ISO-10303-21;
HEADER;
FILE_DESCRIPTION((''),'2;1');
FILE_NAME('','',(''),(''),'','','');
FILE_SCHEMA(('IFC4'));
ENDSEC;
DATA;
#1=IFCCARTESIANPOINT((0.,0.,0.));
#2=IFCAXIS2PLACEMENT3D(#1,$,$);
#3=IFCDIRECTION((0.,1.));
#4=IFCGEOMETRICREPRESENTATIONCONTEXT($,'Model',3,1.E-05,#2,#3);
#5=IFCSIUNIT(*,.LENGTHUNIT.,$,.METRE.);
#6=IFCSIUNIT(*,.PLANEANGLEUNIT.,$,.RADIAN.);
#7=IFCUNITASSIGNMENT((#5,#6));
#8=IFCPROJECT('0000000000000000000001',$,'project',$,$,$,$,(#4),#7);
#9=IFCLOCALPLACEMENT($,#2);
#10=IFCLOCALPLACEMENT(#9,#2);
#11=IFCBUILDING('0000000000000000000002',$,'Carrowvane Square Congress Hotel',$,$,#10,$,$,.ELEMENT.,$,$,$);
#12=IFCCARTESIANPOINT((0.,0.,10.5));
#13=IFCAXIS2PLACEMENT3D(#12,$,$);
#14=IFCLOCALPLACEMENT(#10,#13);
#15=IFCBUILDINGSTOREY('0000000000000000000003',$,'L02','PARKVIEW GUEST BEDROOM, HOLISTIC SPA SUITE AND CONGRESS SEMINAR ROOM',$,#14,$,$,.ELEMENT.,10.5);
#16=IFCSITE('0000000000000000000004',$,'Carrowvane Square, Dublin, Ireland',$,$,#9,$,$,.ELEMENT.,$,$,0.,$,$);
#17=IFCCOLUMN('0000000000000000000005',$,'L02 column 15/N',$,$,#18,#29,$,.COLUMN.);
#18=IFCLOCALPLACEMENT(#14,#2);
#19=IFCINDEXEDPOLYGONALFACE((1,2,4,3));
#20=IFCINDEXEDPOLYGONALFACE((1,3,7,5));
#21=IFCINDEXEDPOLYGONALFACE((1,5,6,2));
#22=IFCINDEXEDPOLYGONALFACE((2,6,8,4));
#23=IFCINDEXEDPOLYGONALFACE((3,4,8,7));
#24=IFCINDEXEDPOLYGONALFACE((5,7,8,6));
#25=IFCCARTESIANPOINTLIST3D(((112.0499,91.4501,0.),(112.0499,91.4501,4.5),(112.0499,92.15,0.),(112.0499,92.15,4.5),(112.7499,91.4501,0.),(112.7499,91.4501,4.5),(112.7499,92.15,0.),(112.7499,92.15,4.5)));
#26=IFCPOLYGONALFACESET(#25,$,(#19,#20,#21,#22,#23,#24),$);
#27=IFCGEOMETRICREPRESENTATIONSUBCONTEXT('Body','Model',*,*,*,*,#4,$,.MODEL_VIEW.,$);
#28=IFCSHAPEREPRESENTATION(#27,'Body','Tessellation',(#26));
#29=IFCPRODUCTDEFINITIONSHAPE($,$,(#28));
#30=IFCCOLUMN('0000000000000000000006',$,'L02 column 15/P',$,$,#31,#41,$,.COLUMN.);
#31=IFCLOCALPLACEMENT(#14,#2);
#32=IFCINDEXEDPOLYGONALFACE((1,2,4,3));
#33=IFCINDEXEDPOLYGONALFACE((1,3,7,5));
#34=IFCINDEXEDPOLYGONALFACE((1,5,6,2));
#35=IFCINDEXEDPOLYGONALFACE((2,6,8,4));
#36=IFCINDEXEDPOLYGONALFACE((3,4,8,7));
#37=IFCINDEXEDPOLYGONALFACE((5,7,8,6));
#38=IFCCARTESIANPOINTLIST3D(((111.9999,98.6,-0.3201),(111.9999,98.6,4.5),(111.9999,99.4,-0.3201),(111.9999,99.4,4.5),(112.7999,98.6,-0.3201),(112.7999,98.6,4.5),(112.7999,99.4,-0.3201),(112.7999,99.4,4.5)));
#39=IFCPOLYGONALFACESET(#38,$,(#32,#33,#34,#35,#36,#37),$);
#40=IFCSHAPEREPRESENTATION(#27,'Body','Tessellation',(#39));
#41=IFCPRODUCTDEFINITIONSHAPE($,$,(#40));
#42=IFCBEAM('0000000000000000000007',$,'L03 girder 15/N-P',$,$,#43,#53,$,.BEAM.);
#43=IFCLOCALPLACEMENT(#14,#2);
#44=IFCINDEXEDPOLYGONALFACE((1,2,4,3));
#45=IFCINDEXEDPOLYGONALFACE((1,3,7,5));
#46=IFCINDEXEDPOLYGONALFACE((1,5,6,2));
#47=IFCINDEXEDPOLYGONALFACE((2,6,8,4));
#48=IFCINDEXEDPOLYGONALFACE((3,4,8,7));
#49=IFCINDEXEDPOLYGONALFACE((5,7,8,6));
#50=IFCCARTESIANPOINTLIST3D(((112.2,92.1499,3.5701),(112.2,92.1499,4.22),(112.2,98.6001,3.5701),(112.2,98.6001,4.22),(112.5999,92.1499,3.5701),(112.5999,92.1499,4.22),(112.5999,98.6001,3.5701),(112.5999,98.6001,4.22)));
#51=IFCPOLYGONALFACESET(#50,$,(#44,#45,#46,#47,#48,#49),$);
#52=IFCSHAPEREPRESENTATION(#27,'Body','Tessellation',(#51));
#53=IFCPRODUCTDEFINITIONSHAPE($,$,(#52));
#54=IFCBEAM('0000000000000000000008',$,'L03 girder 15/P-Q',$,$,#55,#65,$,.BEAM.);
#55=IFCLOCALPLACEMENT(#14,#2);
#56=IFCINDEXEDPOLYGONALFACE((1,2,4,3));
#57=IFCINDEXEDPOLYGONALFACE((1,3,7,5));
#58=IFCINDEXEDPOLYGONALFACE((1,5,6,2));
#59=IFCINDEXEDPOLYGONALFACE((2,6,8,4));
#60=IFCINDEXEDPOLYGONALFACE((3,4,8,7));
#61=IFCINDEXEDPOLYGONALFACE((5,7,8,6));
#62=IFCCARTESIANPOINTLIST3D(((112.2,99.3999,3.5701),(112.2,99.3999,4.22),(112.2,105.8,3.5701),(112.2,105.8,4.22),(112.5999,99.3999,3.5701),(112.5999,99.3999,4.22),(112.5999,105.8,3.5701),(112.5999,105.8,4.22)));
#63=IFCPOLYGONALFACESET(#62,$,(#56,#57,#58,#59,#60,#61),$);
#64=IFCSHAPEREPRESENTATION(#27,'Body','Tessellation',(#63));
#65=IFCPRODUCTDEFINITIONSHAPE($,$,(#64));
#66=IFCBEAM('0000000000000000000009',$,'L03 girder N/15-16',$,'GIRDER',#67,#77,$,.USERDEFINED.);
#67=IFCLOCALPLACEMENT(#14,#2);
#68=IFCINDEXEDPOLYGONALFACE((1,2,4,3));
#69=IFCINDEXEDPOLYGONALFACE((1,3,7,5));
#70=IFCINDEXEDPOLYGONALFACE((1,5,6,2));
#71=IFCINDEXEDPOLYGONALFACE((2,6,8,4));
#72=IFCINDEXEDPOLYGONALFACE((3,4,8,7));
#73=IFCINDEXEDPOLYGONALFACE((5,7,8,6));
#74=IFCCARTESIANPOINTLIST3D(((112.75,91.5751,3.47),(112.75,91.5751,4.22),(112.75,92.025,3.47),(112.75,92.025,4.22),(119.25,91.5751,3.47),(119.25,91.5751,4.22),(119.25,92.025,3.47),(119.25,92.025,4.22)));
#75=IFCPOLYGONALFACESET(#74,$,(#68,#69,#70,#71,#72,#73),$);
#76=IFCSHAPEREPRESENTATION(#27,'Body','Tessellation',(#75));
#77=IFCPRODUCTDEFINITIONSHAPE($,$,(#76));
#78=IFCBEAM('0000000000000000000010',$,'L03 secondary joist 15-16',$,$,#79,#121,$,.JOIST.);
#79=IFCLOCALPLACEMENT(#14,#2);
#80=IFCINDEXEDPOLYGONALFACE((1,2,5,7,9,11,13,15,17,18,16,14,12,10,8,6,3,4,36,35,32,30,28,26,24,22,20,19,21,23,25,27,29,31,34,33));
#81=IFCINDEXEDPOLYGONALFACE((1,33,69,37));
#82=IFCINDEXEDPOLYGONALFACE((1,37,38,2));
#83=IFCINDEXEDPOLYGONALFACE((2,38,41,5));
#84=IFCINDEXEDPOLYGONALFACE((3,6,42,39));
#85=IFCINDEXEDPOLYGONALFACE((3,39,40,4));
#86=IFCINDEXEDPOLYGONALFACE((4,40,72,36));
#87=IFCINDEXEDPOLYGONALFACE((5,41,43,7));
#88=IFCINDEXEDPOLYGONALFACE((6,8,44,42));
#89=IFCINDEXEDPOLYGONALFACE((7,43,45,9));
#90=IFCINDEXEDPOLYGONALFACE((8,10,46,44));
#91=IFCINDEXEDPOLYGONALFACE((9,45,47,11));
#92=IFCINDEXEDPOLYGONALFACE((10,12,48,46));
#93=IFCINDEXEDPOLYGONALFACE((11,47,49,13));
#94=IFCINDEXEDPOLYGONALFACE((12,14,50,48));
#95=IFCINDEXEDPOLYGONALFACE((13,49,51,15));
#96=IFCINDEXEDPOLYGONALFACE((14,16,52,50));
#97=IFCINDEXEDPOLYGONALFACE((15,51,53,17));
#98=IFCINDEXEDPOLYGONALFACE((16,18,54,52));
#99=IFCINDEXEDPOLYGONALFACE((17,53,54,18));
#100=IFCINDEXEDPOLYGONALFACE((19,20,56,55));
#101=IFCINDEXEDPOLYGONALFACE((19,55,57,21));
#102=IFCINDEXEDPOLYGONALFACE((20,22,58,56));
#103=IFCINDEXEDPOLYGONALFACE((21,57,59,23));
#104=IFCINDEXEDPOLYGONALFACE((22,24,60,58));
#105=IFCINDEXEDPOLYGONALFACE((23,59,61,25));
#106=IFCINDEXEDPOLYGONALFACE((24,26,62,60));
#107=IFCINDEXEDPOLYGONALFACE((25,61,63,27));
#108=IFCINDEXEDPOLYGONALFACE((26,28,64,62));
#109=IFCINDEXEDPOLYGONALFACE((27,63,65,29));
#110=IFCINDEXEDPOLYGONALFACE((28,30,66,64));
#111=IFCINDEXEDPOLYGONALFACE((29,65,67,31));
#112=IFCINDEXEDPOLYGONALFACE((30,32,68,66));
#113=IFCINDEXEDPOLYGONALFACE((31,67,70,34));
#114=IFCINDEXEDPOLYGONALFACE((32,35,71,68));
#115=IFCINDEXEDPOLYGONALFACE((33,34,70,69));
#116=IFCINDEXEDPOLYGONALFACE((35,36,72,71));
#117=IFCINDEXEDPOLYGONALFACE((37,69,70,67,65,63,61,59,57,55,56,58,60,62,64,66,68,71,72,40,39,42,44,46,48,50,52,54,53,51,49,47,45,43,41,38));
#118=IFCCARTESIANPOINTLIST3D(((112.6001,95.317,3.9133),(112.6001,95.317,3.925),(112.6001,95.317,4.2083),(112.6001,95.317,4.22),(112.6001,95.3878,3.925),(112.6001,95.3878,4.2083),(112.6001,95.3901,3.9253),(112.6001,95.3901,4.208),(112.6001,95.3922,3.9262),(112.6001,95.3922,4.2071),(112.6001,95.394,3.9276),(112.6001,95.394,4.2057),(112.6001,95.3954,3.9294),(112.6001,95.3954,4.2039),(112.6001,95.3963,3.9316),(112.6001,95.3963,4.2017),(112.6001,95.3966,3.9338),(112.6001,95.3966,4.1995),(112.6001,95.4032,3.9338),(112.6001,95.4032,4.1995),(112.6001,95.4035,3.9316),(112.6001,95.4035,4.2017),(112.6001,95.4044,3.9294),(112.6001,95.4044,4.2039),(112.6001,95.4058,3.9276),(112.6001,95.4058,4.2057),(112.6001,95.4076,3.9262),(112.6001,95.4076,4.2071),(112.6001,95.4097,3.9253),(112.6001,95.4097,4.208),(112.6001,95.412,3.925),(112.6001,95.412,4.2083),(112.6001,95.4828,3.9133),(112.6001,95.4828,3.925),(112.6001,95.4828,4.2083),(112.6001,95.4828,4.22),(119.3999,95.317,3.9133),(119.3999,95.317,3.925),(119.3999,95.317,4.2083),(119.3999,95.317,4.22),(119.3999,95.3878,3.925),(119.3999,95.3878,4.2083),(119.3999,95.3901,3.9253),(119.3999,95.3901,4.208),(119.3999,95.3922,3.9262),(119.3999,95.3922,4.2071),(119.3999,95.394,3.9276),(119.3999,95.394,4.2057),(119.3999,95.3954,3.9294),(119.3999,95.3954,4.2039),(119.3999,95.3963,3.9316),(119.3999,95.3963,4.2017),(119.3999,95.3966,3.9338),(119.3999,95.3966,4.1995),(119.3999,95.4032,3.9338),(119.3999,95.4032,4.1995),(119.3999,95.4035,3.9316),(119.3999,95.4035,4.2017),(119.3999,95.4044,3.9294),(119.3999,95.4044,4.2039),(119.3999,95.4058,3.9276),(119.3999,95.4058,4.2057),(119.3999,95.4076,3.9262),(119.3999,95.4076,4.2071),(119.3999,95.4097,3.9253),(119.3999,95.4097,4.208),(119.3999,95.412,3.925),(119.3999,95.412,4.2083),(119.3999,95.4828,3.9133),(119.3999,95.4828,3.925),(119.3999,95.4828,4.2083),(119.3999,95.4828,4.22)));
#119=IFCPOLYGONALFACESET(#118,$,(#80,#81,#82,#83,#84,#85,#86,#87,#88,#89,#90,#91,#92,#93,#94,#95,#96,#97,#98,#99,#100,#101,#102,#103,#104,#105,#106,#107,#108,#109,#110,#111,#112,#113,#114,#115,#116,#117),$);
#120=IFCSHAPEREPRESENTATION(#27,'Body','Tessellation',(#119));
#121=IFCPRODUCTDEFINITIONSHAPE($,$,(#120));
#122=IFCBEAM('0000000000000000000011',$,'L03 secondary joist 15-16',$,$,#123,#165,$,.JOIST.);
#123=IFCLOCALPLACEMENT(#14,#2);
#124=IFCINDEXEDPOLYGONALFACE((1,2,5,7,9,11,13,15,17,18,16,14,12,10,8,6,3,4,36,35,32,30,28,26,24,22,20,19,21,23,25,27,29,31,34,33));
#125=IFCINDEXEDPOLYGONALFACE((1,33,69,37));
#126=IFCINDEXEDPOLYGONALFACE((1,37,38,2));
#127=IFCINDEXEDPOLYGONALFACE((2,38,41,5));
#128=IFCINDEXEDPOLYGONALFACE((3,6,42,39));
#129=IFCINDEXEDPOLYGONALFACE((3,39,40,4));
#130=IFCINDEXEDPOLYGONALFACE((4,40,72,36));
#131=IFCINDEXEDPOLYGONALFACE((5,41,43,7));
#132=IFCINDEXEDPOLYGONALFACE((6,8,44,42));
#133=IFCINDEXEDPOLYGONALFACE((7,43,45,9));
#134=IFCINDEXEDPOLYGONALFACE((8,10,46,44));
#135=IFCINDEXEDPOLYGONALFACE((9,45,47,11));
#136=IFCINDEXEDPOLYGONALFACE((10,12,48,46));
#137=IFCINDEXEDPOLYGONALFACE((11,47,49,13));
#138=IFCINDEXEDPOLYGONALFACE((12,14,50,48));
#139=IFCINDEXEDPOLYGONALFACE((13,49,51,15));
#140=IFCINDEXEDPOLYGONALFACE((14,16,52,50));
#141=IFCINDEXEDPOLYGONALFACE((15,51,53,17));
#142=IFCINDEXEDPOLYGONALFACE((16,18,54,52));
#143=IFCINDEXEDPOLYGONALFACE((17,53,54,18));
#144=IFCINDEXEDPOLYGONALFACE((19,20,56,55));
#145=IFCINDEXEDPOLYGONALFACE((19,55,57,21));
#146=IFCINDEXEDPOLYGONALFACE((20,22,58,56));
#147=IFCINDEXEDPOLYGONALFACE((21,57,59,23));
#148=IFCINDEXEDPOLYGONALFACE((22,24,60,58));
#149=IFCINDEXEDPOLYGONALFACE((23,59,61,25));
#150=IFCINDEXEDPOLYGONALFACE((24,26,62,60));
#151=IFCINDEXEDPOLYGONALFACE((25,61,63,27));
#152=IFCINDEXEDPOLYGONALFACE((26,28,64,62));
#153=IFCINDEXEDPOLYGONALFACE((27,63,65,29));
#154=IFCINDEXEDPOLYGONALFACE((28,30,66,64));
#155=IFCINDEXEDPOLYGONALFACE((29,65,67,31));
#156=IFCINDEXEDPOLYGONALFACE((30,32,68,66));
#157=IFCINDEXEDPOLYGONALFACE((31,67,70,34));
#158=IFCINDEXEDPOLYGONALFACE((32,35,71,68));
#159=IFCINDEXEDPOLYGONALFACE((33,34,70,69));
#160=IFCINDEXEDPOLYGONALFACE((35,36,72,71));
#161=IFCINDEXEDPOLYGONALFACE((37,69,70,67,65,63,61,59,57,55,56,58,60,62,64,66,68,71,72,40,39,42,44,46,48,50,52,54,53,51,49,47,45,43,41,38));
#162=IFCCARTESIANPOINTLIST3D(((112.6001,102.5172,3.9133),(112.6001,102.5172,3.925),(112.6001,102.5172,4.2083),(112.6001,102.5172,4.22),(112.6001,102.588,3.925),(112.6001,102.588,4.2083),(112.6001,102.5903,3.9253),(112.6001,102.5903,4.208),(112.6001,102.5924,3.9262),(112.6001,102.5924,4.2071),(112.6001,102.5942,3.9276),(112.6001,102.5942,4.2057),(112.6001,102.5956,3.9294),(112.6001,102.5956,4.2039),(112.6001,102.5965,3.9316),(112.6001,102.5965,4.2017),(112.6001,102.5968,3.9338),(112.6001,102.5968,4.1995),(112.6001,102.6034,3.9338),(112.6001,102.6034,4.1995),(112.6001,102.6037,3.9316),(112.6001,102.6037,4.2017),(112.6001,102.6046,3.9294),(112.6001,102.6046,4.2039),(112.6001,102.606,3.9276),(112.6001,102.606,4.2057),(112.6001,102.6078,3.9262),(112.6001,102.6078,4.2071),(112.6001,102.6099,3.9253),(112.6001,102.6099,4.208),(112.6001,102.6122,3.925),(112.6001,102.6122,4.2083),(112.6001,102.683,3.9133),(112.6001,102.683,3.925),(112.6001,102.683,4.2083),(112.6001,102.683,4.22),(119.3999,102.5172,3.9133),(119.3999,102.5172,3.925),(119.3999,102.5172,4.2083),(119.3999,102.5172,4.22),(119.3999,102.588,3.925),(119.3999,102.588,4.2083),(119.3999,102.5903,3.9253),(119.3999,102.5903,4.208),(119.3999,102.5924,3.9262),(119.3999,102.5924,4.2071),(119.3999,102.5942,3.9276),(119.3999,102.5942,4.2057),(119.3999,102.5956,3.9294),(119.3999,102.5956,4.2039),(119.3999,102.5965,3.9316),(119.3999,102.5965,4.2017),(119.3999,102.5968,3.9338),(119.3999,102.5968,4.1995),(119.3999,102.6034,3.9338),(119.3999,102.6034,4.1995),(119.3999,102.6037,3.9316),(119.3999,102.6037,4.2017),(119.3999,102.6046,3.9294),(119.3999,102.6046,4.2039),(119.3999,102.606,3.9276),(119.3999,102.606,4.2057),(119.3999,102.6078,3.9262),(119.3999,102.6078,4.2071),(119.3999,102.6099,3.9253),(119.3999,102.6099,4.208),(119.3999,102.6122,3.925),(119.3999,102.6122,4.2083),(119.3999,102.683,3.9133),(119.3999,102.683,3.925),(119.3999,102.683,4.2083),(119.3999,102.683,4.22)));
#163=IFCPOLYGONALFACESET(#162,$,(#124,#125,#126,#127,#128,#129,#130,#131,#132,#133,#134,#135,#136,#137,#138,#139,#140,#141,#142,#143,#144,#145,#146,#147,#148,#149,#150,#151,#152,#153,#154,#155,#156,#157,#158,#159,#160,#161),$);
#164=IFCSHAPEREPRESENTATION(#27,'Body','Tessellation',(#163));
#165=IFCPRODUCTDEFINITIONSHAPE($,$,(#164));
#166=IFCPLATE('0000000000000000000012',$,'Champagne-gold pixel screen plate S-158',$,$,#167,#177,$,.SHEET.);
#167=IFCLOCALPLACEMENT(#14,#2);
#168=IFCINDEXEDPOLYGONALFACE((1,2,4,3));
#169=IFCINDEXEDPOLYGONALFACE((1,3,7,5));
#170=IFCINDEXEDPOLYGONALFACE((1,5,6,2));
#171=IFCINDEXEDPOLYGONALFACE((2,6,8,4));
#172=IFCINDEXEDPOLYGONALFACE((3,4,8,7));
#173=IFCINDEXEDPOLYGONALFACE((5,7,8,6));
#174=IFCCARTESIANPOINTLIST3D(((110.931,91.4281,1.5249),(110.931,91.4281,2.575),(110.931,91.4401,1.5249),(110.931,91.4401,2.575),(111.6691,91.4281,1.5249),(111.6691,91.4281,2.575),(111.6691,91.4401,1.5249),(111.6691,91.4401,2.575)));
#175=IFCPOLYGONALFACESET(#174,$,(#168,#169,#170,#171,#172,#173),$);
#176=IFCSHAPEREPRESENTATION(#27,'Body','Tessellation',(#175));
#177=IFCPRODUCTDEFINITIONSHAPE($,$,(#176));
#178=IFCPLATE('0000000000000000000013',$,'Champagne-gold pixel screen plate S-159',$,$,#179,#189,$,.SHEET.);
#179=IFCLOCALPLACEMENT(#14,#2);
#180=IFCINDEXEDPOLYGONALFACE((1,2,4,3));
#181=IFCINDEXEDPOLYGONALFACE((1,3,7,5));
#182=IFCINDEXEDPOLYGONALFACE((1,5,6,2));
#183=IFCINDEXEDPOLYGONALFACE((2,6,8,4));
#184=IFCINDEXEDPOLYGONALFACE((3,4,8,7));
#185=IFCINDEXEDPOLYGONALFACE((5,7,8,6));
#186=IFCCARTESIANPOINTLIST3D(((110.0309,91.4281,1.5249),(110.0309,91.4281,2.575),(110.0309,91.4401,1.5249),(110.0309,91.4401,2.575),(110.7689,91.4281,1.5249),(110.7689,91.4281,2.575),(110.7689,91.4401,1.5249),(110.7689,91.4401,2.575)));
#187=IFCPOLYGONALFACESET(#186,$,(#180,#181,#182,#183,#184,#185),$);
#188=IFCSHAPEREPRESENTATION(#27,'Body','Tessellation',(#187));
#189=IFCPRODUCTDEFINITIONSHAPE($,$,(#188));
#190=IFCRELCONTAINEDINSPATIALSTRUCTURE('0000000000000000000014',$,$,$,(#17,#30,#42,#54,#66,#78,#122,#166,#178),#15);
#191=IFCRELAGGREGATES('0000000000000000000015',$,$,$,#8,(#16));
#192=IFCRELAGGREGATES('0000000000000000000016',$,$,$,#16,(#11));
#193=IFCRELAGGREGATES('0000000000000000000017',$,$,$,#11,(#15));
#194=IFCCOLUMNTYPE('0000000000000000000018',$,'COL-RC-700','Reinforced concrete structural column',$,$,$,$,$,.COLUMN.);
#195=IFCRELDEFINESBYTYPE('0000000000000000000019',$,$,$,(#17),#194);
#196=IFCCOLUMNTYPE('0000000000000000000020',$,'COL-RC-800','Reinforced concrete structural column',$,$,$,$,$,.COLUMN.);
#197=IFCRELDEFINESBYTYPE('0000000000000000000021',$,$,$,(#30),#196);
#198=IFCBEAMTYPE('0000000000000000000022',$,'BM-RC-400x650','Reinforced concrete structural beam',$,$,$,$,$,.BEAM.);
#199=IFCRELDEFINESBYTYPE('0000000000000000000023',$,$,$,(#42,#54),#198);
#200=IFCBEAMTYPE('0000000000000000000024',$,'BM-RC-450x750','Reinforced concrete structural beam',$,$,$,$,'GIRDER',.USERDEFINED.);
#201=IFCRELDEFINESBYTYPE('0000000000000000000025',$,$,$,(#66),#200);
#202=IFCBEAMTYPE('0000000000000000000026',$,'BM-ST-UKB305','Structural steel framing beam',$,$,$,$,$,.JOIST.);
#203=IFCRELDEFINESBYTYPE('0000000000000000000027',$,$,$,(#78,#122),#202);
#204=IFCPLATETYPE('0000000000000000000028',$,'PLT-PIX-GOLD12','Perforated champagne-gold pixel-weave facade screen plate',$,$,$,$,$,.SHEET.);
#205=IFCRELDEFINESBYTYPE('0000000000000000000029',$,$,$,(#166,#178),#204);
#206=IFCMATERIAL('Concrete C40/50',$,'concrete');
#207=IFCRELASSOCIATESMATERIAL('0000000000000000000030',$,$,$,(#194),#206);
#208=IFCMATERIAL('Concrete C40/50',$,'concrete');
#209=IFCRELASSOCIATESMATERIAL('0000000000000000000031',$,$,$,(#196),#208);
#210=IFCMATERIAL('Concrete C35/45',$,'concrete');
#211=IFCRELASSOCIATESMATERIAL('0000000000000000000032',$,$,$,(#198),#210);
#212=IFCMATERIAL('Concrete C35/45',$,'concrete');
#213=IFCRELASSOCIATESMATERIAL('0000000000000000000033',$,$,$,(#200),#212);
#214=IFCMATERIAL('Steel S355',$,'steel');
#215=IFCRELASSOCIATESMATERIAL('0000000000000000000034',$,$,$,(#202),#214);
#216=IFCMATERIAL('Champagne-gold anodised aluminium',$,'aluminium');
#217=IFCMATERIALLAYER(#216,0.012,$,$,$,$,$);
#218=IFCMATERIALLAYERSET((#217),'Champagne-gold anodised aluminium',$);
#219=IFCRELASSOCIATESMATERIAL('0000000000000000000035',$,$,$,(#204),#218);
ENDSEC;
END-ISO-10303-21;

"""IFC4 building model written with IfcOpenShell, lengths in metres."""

from ifc_helpers import new_model, si_unit, direction, frame, origin, origin_2d, place, context, subcontext, project, spatial, rectangle, i_section, extrude, material, layer, layer_set, material_profile, profile_set, type_object, element, save


model = new_model("IFC4")

# Units and contexts
model_context = context("Model", 3, precision=1e-05, world=origin(), true_north=direction((0.0, 1.0)))
body_context = subcontext(model_context, "Body", "Model", "MODEL_VIEW")
ifc_project = project(units=[si_unit("LENGTHUNIT", "METRE"), si_unit("PLANEANGLEUNIT", "RADIAN")], contexts=[model_context])

# Site, building, storey
site_placement = place(None, origin())
site = spatial("IfcSite", under=ifc_project, at=site_placement, Name="Carrowvane Square, Dublin, Ireland", CompositionType="ELEMENT", RefElevation=0.0)
building_placement = place(site_placement, origin())
building = spatial("IfcBuilding", under=site, at=building_placement, Name="Carrowvane Square Congress Hotel", CompositionType="ELEMENT")
storey_placement = place(building_placement, frame((0.0, 0.0, 10.5)))
storey = spatial("IfcBuildingStorey", under=building, at=storey_placement, Name="L02", Description="PARKVIEW GUEST BEDROOM, HOLISTIC SPA SUITE AND CONGRESS SEMINAR ROOM", CompositionType="ELEMENT", Elevation=10.5)

# Columns
ifc_material_1 = material(Name="Concrete C40/50", Category="concrete")
ifc_material_profile_1 = material_profile(ifc_material_1, rectangle(XDim=0.7, YDim=0.7, at=origin_2d()), Name="RC 700x700")
ifc_profile_set_1 = profile_set([ifc_material_profile_1], Name="Concrete C40/50")
column_type_1 = type_object("IfcColumnType", Name="COL-RC-700", Description="Reinforced concrete structural column", PredefinedType="COLUMN", material=ifc_profile_set_1)
column_1_placement = place(storey_placement, frame((112.3999, 91.8, 0.0), z_axis=(0.0, 0.0, 1.0), x_axis=(1.0, 0.0, 0.0)))
element("IfcColumn", 1, at=column_1_placement, inside=storey, type_object=column_type_1, Name="L02 column 15/N", PredefinedType="COLUMN", context=body_context, shape_type="SweptSolid", body=[
    extrude(rectangle(XDim=0.7, YDim=0.7, at=origin_2d()), origin(), (0.0, 0.0, 1.0), 4.5),
])
ifc_material_2 = material(Name="Concrete C40/50", Category="concrete")
ifc_material_profile_2 = material_profile(ifc_material_2, rectangle(XDim=0.8, YDim=0.8, at=origin_2d()), Name="RC 800x800")
ifc_profile_set_2 = profile_set([ifc_material_profile_2], Name="Concrete C40/50")
column_type_2 = type_object("IfcColumnType", Name="COL-RC-800", Description="Reinforced concrete structural column", PredefinedType="COLUMN", material=ifc_profile_set_2)
column_2_placement = place(storey_placement, frame((112.3999, 99.0, -0.3201), z_axis=(0.0, 0.0, 1.0), x_axis=(1.0, 0.0, 0.0)))
element("IfcColumn", 2, at=column_2_placement, inside=storey, type_object=column_type_2, Name="L02 column 15/P", PredefinedType="COLUMN", context=body_context, shape_type="SweptSolid", body=[
    extrude(rectangle(XDim=0.8, YDim=0.8, at=origin_2d()), origin(), (0.0, 0.0, 1.0), 4.8201),
])

# Beams
ifc_material_3 = material(Name="Concrete C35/45", Category="concrete")
ifc_material_profile_3 = material_profile(ifc_material_3, rectangle(XDim=0.3999, YDim=0.6499, at=origin_2d()), Name="RC 400x650")
ifc_profile_set_3 = profile_set([ifc_material_profile_3], Name="Concrete C35/45")
beam_type_1 = type_object("IfcBeamType", Name="BM-RC-400x650", Description="Reinforced concrete structural beam", PredefinedType="BEAM", material=ifc_profile_set_3)
beam_1_placement = place(storey_placement, frame((112.3999, 92.1499, 3.895), z_axis=(0.0, 1.0, 0.0), x_axis=(-1.0, 0.0, 0.0)))
element("IfcBeam", 3, at=beam_1_placement, inside=storey, type_object=beam_type_1, Name="L03 girder 15/N-P", PredefinedType="BEAM", context=body_context, shape_type="SweptSolid", body=[
    extrude(rectangle(XDim=0.3999, YDim=0.6499, at=origin_2d()), origin(), (0.0, 0.0, 1.0), 6.4502),
])
beam_2_placement = place(storey_placement, frame((112.3999, 99.3999, 3.895), z_axis=(0.0, 1.0, 0.0), x_axis=(-1.0, 0.0, 0.0)))
element("IfcBeam", 4, at=beam_2_placement, inside=storey, type_object=beam_type_1, Name="L03 girder 15/P-Q", PredefinedType="BEAM", context=body_context, shape_type="SweptSolid", body=[
    extrude(rectangle(XDim=0.3999, YDim=0.6499, at=origin_2d()), origin(), (0.0, 0.0, 1.0), 6.4001),
])
ifc_material_4 = material(Name="Concrete C35/45", Category="concrete")
ifc_material_profile_4 = material_profile(ifc_material_4, rectangle(XDim=0.45, YDim=0.75, at=origin_2d()), Name="RC 450x750")
ifc_profile_set_4 = profile_set([ifc_material_profile_4], Name="Concrete C35/45")
beam_type_2 = type_object("IfcBeamType", Name="BM-RC-450x750", Description="Reinforced concrete structural beam", ElementType="GIRDER", PredefinedType="USERDEFINED", material=ifc_profile_set_4)
beam_3_placement = place(storey_placement, frame((112.75, 91.8, 3.845), z_axis=(1.0, 0.0, 0.0), x_axis=(0.0, 1.0, 0.0)))
element("IfcBeam", 5, at=beam_3_placement, inside=storey, type_object=beam_type_2, Name="L03 girder N/15-16", ObjectType="GIRDER", PredefinedType="USERDEFINED", context=body_context, shape_type="SweptSolid", body=[
    extrude(rectangle(XDim=0.45, YDim=0.75, at=origin_2d()), origin(), (0.0, 0.0, 1.0), 6.5),
])
ifc_material_5 = material(Name="Steel S355", Category="steel")
ifc_material_profile_5 = material_profile(ifc_material_5, i_section(OverallWidth=0.1658, OverallDepth=0.3066, WebThickness=0.0066, FlangeThickness=0.0117, FilletRadius=0.0088, at=origin_2d()), Name="UKB 305x165x46")
ifc_profile_set_5 = profile_set([ifc_material_profile_5], Name="Steel S355")
beam_type_3 = type_object("IfcBeamType", Name="BM-ST-UKB305", Description="Structural steel framing beam", PredefinedType="JOIST", material=ifc_profile_set_5)
for number, where, z_axis, x_axis, name in (
    (6, (112.6001, 95.3999, 4.0667), (1.0, 0.0, 0.0), (0.0, 1.0, 0.0), "L03 secondary joist 15-16"),
    (7, (112.6001, 102.6001, 4.0667), (1.0, 0.0, 0.0), (0.0, 1.0, 0.0), "L03 secondary joist 15-16"),
):
    element("IfcBeam", number, at=place(storey_placement, frame(where, z_axis=z_axis, x_axis=x_axis)), inside=storey, type_object=beam_type_3, Name=name, PredefinedType="JOIST", context=body_context, shape_type="SweptSolid", body=[
        extrude(i_section(OverallWidth=0.1658, OverallDepth=0.3066, WebThickness=0.0066, FlangeThickness=0.0117, FilletRadius=0.0088, at=origin_2d()), origin(), (0.0, 0.0, 1.0), 6.7998),
    ])

# Plates
ifc_material_6 = material(Name="Champagne-gold anodised aluminium", Category="aluminium")
ifc_layer_1 = layer(ifc_material_6, 0.012)
ifc_layer_set_1 = layer_set([ifc_layer_1], Name="Champagne-gold anodised aluminium")
plate_type = type_object("IfcPlateType", Name="PLT-PIX-GOLD12", Description="Perforated champagne-gold pixel-weave facade screen plate", PredefinedType="SHEET", material=ifc_layer_set_1)
for number, where, z_axis, x_axis, name in (
    (8, (111.3, 91.4341, 1.5249), (0.0, 0.0, 1.0), (-1.0, 0.0, 0.0), "Champagne-gold pixel screen plate S-158"),
    (9, (110.3999, 91.4341, 1.5249), (0.0, 0.0, 1.0), (-1.0, 0.0, 0.0), "Champagne-gold pixel screen plate S-159"),
):
    element("IfcPlate", number, at=place(storey_placement, frame(where, z_axis=z_axis, x_axis=x_axis)), inside=storey, type_object=plate_type, Name=name, PredefinedType="SHEET", context=body_context, shape_type="SweptSolid", body=[
        extrude(rectangle(XDim=0.738, YDim=0.012, at=origin_2d()), origin(), (0.0, 0.0, 1.0), 1.05),
    ])

save(model, "model.ifc")
